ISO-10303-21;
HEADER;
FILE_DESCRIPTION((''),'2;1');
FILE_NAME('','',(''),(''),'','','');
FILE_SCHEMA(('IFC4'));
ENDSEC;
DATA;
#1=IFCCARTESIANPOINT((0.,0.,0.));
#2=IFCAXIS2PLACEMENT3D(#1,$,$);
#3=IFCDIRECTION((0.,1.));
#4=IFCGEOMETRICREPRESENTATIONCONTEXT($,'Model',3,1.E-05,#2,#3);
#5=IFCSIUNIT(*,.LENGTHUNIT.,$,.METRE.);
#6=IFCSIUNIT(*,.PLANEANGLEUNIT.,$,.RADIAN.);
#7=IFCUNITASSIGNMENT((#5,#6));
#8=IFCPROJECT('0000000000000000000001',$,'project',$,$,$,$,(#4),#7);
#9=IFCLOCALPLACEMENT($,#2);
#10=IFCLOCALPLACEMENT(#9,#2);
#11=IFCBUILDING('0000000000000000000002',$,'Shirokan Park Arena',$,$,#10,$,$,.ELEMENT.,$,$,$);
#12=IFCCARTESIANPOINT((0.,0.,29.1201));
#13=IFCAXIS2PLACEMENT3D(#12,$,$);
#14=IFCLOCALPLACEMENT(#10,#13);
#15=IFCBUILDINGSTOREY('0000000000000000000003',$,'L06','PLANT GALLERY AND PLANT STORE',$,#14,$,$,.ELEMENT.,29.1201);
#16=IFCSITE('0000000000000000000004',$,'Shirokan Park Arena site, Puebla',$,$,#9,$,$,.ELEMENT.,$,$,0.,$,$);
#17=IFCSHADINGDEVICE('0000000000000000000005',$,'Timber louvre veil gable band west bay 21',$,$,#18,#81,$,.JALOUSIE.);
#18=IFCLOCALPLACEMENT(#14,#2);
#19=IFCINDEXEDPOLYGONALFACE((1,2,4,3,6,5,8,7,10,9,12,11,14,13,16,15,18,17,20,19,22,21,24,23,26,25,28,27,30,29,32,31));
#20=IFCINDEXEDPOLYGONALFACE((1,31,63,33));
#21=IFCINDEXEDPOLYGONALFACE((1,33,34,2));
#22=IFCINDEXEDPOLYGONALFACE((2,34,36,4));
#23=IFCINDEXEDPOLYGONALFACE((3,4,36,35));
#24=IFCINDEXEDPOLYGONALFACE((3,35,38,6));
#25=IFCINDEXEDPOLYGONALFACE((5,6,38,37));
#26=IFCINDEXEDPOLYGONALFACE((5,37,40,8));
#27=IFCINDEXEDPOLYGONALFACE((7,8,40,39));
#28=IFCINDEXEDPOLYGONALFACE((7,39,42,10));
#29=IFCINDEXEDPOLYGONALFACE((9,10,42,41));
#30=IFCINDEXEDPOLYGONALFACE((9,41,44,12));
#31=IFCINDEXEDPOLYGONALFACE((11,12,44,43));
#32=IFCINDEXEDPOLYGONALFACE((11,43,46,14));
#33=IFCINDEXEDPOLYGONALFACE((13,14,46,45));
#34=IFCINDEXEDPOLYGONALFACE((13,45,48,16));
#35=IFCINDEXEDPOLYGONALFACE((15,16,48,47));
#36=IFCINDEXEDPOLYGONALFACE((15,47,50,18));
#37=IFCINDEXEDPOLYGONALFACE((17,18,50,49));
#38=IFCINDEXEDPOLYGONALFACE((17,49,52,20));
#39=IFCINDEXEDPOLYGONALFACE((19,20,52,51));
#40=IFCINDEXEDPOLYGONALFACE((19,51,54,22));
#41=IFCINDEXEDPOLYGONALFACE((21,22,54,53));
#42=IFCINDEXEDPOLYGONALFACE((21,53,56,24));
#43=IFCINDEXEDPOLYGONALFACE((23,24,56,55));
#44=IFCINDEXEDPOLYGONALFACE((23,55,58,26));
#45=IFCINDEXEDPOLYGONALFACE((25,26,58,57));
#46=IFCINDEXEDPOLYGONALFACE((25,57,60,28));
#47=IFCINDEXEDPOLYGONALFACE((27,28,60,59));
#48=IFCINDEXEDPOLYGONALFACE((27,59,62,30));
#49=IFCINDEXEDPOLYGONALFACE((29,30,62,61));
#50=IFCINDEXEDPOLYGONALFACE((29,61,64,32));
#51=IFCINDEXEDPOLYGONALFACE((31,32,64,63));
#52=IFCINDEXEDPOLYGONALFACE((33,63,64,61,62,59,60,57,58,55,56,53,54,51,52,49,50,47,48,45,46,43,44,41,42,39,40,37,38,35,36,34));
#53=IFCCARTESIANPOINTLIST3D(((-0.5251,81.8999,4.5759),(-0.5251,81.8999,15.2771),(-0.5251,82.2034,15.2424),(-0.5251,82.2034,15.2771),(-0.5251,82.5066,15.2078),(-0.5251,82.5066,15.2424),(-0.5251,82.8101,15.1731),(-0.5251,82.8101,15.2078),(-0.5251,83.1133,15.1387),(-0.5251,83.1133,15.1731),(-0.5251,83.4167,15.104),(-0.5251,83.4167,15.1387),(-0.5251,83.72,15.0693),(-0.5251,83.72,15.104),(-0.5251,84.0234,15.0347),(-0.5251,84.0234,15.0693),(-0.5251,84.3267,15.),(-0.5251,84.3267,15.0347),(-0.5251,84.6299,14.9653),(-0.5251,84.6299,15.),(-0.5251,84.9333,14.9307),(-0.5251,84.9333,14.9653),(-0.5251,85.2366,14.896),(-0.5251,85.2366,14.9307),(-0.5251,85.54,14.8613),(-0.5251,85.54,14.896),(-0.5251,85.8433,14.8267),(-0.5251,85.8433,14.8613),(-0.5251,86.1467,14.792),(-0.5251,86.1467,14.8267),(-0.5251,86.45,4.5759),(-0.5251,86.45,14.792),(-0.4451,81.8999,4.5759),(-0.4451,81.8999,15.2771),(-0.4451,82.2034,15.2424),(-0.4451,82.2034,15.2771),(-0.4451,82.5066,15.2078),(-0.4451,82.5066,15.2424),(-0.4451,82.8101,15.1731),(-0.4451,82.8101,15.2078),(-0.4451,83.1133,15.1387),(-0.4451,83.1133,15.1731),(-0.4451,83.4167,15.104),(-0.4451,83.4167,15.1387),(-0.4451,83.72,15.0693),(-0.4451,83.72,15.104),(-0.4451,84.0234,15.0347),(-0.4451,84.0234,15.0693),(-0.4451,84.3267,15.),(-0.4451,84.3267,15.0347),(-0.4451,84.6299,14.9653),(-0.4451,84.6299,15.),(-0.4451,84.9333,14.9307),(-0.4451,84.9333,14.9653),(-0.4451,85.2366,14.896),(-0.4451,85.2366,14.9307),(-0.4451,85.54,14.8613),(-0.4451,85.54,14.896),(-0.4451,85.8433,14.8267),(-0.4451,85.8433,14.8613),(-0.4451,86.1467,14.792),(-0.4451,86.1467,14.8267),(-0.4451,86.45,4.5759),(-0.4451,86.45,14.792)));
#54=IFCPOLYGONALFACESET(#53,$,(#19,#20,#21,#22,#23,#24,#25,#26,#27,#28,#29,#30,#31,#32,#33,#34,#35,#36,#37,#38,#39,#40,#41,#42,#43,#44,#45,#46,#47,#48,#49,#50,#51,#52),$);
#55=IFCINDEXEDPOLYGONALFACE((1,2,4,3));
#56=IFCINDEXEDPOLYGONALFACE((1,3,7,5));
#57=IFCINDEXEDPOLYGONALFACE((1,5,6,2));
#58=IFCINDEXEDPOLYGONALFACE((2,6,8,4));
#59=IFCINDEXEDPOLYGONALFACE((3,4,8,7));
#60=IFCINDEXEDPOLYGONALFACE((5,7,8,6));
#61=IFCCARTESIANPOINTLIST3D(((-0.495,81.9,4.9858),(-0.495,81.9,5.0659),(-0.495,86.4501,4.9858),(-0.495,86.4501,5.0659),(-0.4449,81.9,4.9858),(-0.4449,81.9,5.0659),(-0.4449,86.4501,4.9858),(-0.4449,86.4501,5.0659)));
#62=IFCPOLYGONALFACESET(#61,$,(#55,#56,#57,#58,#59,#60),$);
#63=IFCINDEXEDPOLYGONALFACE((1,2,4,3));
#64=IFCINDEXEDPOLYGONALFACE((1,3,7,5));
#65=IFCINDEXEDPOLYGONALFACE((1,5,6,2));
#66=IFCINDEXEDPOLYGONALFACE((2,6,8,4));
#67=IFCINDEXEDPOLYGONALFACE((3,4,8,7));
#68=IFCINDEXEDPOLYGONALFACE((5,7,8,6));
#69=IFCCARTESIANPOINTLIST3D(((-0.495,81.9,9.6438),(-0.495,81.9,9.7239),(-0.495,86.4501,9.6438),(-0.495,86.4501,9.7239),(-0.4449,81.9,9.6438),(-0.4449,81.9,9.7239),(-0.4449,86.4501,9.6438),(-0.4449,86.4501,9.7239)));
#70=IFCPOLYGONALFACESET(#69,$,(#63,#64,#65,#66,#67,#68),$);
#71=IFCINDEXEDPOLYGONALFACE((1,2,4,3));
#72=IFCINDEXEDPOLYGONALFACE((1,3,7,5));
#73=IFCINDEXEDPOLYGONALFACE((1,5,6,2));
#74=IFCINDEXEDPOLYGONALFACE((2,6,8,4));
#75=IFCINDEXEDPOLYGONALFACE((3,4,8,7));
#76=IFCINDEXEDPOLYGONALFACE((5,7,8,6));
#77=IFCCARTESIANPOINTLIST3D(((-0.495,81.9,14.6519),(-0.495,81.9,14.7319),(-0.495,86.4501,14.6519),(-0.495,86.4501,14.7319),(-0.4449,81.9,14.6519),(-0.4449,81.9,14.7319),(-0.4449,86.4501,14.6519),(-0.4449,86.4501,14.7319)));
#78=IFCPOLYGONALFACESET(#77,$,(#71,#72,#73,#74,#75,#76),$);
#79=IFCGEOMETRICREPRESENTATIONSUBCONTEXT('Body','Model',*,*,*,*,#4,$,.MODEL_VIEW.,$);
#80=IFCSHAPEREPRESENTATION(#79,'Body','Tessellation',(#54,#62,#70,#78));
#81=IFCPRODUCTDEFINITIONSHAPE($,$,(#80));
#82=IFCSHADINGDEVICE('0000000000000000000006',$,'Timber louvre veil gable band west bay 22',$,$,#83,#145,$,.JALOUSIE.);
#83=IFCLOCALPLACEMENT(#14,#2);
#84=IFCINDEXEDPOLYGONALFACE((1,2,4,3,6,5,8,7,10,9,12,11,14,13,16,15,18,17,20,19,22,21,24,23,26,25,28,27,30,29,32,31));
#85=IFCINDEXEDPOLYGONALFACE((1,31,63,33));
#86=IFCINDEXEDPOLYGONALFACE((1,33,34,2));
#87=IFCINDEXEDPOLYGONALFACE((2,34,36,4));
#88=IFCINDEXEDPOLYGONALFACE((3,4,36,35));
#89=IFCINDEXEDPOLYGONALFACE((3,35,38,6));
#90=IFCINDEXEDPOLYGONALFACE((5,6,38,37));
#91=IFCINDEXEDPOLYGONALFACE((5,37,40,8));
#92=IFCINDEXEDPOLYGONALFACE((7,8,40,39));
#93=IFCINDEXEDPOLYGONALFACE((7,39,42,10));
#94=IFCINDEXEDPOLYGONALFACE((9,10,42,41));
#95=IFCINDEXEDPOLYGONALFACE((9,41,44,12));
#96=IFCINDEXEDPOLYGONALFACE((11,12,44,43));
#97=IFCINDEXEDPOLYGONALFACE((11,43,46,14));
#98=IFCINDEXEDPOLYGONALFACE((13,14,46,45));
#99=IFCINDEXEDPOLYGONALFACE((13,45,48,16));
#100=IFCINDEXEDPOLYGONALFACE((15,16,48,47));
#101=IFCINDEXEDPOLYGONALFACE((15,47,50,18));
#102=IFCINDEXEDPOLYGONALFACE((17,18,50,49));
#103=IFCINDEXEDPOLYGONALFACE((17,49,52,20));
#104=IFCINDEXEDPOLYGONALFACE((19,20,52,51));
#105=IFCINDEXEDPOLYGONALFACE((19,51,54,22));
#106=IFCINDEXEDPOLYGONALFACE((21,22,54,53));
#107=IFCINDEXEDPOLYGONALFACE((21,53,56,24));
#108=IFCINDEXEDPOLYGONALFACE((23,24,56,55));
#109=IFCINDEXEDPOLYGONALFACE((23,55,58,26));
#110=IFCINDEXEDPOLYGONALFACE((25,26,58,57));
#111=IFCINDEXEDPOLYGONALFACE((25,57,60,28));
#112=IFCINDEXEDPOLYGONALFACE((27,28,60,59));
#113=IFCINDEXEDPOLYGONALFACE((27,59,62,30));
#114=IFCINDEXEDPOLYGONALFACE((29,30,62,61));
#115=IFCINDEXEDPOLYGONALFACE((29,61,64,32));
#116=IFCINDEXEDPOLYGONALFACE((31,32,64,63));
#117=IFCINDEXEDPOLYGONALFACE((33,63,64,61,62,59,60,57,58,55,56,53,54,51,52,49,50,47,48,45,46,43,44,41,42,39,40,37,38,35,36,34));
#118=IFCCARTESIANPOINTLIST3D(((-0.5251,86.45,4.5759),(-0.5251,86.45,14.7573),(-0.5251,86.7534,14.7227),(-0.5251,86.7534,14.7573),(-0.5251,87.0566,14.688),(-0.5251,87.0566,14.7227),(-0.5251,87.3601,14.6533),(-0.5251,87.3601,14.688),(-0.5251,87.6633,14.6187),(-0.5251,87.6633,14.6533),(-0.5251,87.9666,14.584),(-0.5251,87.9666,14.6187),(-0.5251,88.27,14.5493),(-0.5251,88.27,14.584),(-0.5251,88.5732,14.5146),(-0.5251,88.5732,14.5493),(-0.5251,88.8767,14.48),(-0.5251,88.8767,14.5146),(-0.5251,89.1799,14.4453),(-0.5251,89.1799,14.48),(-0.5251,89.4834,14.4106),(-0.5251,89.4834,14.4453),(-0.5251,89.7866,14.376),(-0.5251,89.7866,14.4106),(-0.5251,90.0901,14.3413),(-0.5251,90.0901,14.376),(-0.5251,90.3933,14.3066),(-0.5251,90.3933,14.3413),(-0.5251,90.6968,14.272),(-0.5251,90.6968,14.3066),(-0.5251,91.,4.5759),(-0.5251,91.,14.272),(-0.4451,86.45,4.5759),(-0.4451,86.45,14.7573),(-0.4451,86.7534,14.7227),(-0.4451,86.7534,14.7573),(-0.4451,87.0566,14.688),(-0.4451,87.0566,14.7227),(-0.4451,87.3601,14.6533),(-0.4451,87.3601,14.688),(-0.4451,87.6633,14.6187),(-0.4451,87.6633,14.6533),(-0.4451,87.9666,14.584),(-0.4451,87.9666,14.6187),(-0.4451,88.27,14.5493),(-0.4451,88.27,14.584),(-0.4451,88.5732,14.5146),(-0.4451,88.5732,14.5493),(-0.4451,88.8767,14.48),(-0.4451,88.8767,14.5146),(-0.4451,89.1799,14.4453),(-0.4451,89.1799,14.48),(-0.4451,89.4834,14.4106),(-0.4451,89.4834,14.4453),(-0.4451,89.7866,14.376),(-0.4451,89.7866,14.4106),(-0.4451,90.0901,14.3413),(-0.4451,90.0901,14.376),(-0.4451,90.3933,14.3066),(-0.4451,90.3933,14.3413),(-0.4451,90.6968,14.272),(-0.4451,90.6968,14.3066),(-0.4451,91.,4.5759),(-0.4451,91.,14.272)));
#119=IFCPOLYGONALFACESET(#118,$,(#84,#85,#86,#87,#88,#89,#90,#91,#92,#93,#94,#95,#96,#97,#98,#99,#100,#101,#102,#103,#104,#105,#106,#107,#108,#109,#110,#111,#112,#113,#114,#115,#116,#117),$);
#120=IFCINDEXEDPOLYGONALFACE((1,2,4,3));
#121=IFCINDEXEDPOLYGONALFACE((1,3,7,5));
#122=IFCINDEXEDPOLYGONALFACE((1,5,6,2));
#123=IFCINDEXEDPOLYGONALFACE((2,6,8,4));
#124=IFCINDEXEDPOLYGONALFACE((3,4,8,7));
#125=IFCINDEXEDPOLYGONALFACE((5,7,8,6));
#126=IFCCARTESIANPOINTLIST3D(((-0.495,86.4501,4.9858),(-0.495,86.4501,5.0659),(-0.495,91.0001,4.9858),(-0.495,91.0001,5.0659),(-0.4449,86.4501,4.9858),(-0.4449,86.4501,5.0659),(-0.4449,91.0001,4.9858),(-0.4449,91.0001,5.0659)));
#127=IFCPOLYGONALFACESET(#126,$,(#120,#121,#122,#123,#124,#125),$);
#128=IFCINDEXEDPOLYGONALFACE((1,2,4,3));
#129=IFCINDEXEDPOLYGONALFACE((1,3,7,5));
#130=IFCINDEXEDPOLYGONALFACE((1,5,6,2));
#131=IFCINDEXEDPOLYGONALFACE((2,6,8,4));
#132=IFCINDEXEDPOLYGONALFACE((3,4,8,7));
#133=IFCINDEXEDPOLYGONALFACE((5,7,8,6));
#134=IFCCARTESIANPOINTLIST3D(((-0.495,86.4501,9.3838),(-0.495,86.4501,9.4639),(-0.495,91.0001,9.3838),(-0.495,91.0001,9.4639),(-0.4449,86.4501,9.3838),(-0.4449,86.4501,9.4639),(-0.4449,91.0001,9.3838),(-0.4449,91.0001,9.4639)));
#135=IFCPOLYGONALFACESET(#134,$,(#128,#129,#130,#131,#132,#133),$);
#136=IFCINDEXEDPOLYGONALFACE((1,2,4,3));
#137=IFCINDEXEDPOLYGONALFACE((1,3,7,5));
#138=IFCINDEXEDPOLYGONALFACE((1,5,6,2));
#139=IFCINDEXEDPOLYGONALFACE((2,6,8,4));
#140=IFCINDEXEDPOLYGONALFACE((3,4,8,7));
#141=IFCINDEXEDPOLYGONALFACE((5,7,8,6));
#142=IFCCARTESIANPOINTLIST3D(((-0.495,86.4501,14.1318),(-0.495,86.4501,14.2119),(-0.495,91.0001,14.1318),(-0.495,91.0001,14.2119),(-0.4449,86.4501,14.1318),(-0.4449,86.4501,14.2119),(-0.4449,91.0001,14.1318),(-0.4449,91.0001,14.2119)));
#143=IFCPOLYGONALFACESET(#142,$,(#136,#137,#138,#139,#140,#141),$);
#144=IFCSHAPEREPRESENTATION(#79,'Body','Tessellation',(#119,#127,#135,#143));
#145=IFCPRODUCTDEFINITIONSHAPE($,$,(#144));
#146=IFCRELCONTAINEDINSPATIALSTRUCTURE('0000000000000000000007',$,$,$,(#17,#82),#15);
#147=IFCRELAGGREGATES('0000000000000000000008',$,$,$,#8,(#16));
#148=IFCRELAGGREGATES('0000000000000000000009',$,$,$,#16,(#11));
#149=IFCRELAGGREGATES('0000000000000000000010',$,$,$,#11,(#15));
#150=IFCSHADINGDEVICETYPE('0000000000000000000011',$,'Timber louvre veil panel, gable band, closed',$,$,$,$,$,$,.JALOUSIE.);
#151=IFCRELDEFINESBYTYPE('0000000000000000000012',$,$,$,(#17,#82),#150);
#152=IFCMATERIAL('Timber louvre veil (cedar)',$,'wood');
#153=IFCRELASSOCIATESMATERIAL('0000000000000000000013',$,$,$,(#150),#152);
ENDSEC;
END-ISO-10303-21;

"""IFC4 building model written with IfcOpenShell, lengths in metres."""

from ifc_helpers import new_model, si_unit, direction, frame, origin, origin_2d, place, context, subcontext, project, spatial, polyline, rectangle, outline, extrude, material, type_object, element, save


model = new_model("IFC4")

# Units and contexts
model_context = context("Model", 3, precision=1e-05, world=origin(), true_north=direction((0.0, 1.0)))
body_context = subcontext(model_context, "Body", "Model", "MODEL_VIEW")
ifc_project = project(units=[si_unit("LENGTHUNIT", "METRE"), si_unit("PLANEANGLEUNIT", "RADIAN")], contexts=[model_context])

# Site, building, storey
site_placement = place(None, origin())
site = spatial("IfcSite", under=ifc_project, at=site_placement, Name="Shirokan Park Arena site, Puebla", CompositionType="ELEMENT", RefElevation=0.0)
building_placement = place(site_placement, origin())
building = spatial("IfcBuilding", under=site, at=building_placement, Name="Shirokan Park Arena", CompositionType="ELEMENT")
storey_placement = place(building_placement, frame((0.0, 0.0, 29.1201)))
storey = spatial("IfcBuildingStorey", under=building, at=storey_placement, Name="L06", Description="PLANT GALLERY AND PLANT STORE", CompositionType="ELEMENT", Elevation=29.1201)

# Shading devices
ifc_material = material(Name="Timber louvre veil (cedar)", Category="wood")
shading_device_type_1 = type_object("IfcShadingDeviceType", Name="Timber louvre veil panel, gable band, closed", PredefinedType="JALOUSIE", material=ifc_material)
shading_device_1_placement = place(storey_placement, origin())
element("IfcShadingDevice", 1, at=shading_device_1_placement, inside=storey, type_object=shading_device_type_1, Name="Timber louvre veil gable band west bay 21", PredefinedType="JALOUSIE", context=body_context, shape_type="SweptSolid", body=[
    extrude(outline(polyline([(86.45, 4.5759), (86.45, 14.792), (86.1467, 14.792), (86.1467, 14.8267), (85.8433, 14.8267), (85.8433, 14.8613), (85.54, 14.8613), (85.54, 14.896), (85.2366, 14.896), (85.2366, 14.9307), (84.9333, 14.9307), (84.9333, 14.9653), (84.6299, 14.9653), (84.6299, 15.0), (84.3267, 15.0), (84.3267, 15.0347), (84.0234, 15.0347), (84.0234, 15.0693), (83.72, 15.0693), (83.72, 15.104), (83.4167, 15.104), (83.4167, 15.1387), (83.1133, 15.1387), (83.1133, 15.1731), (82.8101, 15.1731), (82.8101, 15.2078), (82.5066, 15.2078), (82.5066, 15.2424), (82.2034, 15.2424), (82.2034, 15.2771), (81.8999, 15.2771), (81.8999, 4.5759), (86.45, 4.5759)])), frame((-0.5251, 0.0, 0.0), z_axis=(1.0, 0.0, 0.0), x_axis=(0.0, 1.0, 0.0)), (0.0, 0.0, 1.0), 0.0801),
    extrude(rectangle(XDim=0.05, YDim=4.55, at=origin_2d()), frame((-0.47, 84.175, 4.9858), z_axis=(0.0, 0.0, 1.0), x_axis=(1.0, 0.0, 0.0)), (0.0, 0.0, 1.0), 0.0801),
    extrude(rectangle(XDim=0.05, YDim=4.55, at=origin_2d()), frame((-0.47, 84.175, 9.6438), z_axis=(0.0, 0.0, 1.0), x_axis=(1.0, 0.0, 0.0)), (0.0, 0.0, 1.0), 0.0801),
    extrude(rectangle(XDim=0.05, YDim=4.55, at=origin_2d()), frame((-0.47, 84.175, 14.6519), z_axis=(0.0, 0.0, 1.0), x_axis=(1.0, 0.0, 0.0)), (0.0, 0.0, 1.0), 0.0801),
])
shading_device_2_placement = place(storey_placement, origin())
element("IfcShadingDevice", 2, at=shading_device_2_placement, inside=storey, type_object=shading_device_type_1, Name="Timber louvre veil gable band west bay 22", PredefinedType="JALOUSIE", context=body_context, shape_type="SweptSolid", body=[
    extrude(outline(polyline([(91.0, 4.5759), (91.0, 14.272), (90.6968, 14.272), (90.6968, 14.3066), (90.3933, 14.3066), (90.3933, 14.3413), (90.0901, 14.3413), (90.0901, 14.376), (89.7866, 14.376), (89.7866, 14.4106), (89.4834, 14.4106), (89.4834, 14.4453), (89.1799, 14.4453), (89.1799, 14.48), (88.8767, 14.48), (88.8767, 14.5146), (88.5732, 14.5146), (88.5732, 14.5493), (88.27, 14.5493), (88.27, 14.584), (87.9666, 14.584), (87.9666, 14.6187), (87.6633, 14.6187), (87.6633, 14.6533), (87.3601, 14.6533), (87.3601, 14.688), (87.0566, 14.688), (87.0566, 14.7227), (86.7534, 14.7227), (86.7534, 14.7573), (86.45, 14.7573), (86.45, 4.5759), (91.0, 4.5759)])), frame((-0.5251, 0.0, 0.0), z_axis=(1.0, 0.0, 0.0), x_axis=(0.0, 1.0, 0.0)), (0.0, 0.0, 1.0), 0.0801),
    extrude(rectangle(XDim=0.05, YDim=4.55, at=origin_2d()), frame((-0.47, 88.7251, 4.9858), z_axis=(0.0, 0.0, 1.0), x_axis=(1.0, 0.0, 0.0)), (0.0, 0.0, 1.0), 0.0801),
    extrude(rectangle(XDim=0.05, YDim=4.55, at=origin_2d()), frame((-0.47, 88.7251, 9.3838), z_axis=(0.0, 0.0, 1.0), x_axis=(1.0, 0.0, 0.0)), (0.0, 0.0, 1.0), 0.0801),
    extrude(rectangle(XDim=0.05, YDim=4.55, at=origin_2d()), frame((-0.47, 88.7251, 14.1318), z_axis=(0.0, 0.0, 1.0), x_axis=(1.0, 0.0, 0.0)), (0.0, 0.0, 1.0), 0.0801),
])

save(model, "model.ifc")
